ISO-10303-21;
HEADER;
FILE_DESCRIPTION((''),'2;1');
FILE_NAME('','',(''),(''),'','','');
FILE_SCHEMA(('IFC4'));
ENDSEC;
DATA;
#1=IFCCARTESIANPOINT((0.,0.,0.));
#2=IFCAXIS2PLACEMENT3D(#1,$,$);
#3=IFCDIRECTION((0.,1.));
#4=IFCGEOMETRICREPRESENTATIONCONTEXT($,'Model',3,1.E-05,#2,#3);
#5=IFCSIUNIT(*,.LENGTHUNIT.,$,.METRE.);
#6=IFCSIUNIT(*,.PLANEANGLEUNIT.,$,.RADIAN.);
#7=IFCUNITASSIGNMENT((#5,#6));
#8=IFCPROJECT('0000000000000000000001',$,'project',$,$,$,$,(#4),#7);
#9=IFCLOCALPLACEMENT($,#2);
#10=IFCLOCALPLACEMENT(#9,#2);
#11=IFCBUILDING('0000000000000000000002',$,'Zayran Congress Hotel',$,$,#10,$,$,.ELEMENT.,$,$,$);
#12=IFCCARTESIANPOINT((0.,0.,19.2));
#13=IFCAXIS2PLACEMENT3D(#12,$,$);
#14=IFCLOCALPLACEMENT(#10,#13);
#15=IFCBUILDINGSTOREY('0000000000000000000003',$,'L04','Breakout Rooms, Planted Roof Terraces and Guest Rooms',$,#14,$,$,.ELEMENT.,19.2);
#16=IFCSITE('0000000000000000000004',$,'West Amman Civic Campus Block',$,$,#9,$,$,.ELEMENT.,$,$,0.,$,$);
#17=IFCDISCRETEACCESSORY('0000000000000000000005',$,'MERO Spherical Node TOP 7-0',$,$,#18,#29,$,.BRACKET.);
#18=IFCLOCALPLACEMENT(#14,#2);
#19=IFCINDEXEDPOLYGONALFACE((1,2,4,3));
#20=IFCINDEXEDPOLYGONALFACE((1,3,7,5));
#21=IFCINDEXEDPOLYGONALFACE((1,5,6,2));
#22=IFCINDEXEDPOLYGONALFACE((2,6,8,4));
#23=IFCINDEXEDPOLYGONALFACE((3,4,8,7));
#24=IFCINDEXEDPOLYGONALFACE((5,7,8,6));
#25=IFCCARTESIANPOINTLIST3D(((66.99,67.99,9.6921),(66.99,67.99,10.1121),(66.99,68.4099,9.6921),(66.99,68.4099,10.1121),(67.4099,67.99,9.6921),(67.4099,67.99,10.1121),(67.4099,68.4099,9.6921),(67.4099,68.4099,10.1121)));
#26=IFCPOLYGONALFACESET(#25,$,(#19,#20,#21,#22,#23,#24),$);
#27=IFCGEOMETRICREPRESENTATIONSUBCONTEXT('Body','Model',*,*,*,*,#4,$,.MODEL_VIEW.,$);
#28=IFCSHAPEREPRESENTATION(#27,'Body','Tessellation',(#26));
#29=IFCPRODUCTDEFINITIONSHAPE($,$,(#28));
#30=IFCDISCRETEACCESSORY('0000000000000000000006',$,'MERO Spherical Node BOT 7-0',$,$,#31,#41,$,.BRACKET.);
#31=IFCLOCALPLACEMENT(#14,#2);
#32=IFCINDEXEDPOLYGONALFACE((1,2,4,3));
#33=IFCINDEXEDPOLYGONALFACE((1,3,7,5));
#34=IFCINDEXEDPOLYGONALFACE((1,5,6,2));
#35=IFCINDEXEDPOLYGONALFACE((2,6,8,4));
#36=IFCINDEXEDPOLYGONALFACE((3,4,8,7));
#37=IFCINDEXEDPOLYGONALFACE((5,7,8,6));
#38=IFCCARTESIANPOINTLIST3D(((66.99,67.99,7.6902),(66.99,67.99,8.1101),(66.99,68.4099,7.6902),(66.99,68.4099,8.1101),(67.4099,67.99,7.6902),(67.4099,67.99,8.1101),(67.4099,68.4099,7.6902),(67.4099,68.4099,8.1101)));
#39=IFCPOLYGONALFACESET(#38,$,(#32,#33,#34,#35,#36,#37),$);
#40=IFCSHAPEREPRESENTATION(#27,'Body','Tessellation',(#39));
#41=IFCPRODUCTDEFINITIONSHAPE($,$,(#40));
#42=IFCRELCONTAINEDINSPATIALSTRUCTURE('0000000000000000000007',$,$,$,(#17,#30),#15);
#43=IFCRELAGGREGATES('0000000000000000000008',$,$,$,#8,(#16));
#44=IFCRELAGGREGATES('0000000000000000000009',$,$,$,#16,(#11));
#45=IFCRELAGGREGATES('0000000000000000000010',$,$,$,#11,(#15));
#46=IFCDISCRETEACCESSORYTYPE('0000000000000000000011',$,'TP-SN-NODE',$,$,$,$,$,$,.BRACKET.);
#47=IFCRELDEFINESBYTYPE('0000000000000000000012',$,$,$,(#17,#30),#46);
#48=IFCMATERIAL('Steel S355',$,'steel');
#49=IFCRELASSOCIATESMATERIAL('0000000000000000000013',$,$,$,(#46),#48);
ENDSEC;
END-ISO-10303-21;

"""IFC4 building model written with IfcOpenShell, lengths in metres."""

from ifc_helpers import new_model, si_unit, direction, frame, origin, origin_2d, place, context, subcontext, project, spatial, rectangle, extrude, material, type_object, element, save


model = new_model("IFC4")

# Units and contexts
model_context = context("Model", 3, precision=1e-05, world=origin(), true_north=direction((0.0, 1.0)))
body_context = subcontext(model_context, "Body", "Model", "MODEL_VIEW")
ifc_project = project(units=[si_unit("LENGTHUNIT", "METRE"), si_unit("PLANEANGLEUNIT", "RADIAN")], contexts=[model_context])

# Site, building, storey
site_placement = place(None, origin())
site = spatial("IfcSite", under=ifc_project, at=site_placement, Name="West Amman Civic Campus Block", CompositionType="ELEMENT", RefElevation=0.0)
building_placement = place(site_placement, origin())
building = spatial("IfcBuilding", under=site, at=building_placement, Name="Zayran Congress Hotel", CompositionType="ELEMENT")
storey_placement = place(building_placement, frame((0.0, 0.0, 19.2)))
storey = spatial("IfcBuildingStorey", under=building, at=storey_placement, Name="L04", Description="Breakout Rooms, Planted Roof Terraces and Guest Rooms", CompositionType="ELEMENT", Elevation=19.2)

# Shared definitions
ifc_material_1 = material(Name="Steel S355", Category="steel")

# Discrete accessories
discrete_accessory_type = type_object("IfcDiscreteAccessoryType", Name="TP-SN-NODE", PredefinedType="BRACKET", material=ifc_material_1)
for number, where, z_axis, x_axis, name in (
    (1, (67.2, 68.2, 9.6921), (0.0, 0.0, 1.0), (1.0, 0.0, 0.0), "MERO Spherical Node TOP 7-0"),
    (2, (67.2, 68.2, 7.6902), (0.0, 0.0, 1.0), (1.0, 0.0, 0.0), "MERO Spherical Node BOT 7-0"),
):
    element("IfcDiscreteAccessory", number, at=place(storey_placement, frame(where, z_axis=z_axis, x_axis=x_axis)), inside=storey, type_object=discrete_accessory_type, Name=name, PredefinedType="BRACKET", context=body_context, shape_type="SweptSolid", body=[
        extrude(rectangle(XDim=0.4199, YDim=0.4199, at=origin_2d()), origin(), (0.0, 0.0, 1.0), 0.4199),
    ])

save(model, "model.ifc")
